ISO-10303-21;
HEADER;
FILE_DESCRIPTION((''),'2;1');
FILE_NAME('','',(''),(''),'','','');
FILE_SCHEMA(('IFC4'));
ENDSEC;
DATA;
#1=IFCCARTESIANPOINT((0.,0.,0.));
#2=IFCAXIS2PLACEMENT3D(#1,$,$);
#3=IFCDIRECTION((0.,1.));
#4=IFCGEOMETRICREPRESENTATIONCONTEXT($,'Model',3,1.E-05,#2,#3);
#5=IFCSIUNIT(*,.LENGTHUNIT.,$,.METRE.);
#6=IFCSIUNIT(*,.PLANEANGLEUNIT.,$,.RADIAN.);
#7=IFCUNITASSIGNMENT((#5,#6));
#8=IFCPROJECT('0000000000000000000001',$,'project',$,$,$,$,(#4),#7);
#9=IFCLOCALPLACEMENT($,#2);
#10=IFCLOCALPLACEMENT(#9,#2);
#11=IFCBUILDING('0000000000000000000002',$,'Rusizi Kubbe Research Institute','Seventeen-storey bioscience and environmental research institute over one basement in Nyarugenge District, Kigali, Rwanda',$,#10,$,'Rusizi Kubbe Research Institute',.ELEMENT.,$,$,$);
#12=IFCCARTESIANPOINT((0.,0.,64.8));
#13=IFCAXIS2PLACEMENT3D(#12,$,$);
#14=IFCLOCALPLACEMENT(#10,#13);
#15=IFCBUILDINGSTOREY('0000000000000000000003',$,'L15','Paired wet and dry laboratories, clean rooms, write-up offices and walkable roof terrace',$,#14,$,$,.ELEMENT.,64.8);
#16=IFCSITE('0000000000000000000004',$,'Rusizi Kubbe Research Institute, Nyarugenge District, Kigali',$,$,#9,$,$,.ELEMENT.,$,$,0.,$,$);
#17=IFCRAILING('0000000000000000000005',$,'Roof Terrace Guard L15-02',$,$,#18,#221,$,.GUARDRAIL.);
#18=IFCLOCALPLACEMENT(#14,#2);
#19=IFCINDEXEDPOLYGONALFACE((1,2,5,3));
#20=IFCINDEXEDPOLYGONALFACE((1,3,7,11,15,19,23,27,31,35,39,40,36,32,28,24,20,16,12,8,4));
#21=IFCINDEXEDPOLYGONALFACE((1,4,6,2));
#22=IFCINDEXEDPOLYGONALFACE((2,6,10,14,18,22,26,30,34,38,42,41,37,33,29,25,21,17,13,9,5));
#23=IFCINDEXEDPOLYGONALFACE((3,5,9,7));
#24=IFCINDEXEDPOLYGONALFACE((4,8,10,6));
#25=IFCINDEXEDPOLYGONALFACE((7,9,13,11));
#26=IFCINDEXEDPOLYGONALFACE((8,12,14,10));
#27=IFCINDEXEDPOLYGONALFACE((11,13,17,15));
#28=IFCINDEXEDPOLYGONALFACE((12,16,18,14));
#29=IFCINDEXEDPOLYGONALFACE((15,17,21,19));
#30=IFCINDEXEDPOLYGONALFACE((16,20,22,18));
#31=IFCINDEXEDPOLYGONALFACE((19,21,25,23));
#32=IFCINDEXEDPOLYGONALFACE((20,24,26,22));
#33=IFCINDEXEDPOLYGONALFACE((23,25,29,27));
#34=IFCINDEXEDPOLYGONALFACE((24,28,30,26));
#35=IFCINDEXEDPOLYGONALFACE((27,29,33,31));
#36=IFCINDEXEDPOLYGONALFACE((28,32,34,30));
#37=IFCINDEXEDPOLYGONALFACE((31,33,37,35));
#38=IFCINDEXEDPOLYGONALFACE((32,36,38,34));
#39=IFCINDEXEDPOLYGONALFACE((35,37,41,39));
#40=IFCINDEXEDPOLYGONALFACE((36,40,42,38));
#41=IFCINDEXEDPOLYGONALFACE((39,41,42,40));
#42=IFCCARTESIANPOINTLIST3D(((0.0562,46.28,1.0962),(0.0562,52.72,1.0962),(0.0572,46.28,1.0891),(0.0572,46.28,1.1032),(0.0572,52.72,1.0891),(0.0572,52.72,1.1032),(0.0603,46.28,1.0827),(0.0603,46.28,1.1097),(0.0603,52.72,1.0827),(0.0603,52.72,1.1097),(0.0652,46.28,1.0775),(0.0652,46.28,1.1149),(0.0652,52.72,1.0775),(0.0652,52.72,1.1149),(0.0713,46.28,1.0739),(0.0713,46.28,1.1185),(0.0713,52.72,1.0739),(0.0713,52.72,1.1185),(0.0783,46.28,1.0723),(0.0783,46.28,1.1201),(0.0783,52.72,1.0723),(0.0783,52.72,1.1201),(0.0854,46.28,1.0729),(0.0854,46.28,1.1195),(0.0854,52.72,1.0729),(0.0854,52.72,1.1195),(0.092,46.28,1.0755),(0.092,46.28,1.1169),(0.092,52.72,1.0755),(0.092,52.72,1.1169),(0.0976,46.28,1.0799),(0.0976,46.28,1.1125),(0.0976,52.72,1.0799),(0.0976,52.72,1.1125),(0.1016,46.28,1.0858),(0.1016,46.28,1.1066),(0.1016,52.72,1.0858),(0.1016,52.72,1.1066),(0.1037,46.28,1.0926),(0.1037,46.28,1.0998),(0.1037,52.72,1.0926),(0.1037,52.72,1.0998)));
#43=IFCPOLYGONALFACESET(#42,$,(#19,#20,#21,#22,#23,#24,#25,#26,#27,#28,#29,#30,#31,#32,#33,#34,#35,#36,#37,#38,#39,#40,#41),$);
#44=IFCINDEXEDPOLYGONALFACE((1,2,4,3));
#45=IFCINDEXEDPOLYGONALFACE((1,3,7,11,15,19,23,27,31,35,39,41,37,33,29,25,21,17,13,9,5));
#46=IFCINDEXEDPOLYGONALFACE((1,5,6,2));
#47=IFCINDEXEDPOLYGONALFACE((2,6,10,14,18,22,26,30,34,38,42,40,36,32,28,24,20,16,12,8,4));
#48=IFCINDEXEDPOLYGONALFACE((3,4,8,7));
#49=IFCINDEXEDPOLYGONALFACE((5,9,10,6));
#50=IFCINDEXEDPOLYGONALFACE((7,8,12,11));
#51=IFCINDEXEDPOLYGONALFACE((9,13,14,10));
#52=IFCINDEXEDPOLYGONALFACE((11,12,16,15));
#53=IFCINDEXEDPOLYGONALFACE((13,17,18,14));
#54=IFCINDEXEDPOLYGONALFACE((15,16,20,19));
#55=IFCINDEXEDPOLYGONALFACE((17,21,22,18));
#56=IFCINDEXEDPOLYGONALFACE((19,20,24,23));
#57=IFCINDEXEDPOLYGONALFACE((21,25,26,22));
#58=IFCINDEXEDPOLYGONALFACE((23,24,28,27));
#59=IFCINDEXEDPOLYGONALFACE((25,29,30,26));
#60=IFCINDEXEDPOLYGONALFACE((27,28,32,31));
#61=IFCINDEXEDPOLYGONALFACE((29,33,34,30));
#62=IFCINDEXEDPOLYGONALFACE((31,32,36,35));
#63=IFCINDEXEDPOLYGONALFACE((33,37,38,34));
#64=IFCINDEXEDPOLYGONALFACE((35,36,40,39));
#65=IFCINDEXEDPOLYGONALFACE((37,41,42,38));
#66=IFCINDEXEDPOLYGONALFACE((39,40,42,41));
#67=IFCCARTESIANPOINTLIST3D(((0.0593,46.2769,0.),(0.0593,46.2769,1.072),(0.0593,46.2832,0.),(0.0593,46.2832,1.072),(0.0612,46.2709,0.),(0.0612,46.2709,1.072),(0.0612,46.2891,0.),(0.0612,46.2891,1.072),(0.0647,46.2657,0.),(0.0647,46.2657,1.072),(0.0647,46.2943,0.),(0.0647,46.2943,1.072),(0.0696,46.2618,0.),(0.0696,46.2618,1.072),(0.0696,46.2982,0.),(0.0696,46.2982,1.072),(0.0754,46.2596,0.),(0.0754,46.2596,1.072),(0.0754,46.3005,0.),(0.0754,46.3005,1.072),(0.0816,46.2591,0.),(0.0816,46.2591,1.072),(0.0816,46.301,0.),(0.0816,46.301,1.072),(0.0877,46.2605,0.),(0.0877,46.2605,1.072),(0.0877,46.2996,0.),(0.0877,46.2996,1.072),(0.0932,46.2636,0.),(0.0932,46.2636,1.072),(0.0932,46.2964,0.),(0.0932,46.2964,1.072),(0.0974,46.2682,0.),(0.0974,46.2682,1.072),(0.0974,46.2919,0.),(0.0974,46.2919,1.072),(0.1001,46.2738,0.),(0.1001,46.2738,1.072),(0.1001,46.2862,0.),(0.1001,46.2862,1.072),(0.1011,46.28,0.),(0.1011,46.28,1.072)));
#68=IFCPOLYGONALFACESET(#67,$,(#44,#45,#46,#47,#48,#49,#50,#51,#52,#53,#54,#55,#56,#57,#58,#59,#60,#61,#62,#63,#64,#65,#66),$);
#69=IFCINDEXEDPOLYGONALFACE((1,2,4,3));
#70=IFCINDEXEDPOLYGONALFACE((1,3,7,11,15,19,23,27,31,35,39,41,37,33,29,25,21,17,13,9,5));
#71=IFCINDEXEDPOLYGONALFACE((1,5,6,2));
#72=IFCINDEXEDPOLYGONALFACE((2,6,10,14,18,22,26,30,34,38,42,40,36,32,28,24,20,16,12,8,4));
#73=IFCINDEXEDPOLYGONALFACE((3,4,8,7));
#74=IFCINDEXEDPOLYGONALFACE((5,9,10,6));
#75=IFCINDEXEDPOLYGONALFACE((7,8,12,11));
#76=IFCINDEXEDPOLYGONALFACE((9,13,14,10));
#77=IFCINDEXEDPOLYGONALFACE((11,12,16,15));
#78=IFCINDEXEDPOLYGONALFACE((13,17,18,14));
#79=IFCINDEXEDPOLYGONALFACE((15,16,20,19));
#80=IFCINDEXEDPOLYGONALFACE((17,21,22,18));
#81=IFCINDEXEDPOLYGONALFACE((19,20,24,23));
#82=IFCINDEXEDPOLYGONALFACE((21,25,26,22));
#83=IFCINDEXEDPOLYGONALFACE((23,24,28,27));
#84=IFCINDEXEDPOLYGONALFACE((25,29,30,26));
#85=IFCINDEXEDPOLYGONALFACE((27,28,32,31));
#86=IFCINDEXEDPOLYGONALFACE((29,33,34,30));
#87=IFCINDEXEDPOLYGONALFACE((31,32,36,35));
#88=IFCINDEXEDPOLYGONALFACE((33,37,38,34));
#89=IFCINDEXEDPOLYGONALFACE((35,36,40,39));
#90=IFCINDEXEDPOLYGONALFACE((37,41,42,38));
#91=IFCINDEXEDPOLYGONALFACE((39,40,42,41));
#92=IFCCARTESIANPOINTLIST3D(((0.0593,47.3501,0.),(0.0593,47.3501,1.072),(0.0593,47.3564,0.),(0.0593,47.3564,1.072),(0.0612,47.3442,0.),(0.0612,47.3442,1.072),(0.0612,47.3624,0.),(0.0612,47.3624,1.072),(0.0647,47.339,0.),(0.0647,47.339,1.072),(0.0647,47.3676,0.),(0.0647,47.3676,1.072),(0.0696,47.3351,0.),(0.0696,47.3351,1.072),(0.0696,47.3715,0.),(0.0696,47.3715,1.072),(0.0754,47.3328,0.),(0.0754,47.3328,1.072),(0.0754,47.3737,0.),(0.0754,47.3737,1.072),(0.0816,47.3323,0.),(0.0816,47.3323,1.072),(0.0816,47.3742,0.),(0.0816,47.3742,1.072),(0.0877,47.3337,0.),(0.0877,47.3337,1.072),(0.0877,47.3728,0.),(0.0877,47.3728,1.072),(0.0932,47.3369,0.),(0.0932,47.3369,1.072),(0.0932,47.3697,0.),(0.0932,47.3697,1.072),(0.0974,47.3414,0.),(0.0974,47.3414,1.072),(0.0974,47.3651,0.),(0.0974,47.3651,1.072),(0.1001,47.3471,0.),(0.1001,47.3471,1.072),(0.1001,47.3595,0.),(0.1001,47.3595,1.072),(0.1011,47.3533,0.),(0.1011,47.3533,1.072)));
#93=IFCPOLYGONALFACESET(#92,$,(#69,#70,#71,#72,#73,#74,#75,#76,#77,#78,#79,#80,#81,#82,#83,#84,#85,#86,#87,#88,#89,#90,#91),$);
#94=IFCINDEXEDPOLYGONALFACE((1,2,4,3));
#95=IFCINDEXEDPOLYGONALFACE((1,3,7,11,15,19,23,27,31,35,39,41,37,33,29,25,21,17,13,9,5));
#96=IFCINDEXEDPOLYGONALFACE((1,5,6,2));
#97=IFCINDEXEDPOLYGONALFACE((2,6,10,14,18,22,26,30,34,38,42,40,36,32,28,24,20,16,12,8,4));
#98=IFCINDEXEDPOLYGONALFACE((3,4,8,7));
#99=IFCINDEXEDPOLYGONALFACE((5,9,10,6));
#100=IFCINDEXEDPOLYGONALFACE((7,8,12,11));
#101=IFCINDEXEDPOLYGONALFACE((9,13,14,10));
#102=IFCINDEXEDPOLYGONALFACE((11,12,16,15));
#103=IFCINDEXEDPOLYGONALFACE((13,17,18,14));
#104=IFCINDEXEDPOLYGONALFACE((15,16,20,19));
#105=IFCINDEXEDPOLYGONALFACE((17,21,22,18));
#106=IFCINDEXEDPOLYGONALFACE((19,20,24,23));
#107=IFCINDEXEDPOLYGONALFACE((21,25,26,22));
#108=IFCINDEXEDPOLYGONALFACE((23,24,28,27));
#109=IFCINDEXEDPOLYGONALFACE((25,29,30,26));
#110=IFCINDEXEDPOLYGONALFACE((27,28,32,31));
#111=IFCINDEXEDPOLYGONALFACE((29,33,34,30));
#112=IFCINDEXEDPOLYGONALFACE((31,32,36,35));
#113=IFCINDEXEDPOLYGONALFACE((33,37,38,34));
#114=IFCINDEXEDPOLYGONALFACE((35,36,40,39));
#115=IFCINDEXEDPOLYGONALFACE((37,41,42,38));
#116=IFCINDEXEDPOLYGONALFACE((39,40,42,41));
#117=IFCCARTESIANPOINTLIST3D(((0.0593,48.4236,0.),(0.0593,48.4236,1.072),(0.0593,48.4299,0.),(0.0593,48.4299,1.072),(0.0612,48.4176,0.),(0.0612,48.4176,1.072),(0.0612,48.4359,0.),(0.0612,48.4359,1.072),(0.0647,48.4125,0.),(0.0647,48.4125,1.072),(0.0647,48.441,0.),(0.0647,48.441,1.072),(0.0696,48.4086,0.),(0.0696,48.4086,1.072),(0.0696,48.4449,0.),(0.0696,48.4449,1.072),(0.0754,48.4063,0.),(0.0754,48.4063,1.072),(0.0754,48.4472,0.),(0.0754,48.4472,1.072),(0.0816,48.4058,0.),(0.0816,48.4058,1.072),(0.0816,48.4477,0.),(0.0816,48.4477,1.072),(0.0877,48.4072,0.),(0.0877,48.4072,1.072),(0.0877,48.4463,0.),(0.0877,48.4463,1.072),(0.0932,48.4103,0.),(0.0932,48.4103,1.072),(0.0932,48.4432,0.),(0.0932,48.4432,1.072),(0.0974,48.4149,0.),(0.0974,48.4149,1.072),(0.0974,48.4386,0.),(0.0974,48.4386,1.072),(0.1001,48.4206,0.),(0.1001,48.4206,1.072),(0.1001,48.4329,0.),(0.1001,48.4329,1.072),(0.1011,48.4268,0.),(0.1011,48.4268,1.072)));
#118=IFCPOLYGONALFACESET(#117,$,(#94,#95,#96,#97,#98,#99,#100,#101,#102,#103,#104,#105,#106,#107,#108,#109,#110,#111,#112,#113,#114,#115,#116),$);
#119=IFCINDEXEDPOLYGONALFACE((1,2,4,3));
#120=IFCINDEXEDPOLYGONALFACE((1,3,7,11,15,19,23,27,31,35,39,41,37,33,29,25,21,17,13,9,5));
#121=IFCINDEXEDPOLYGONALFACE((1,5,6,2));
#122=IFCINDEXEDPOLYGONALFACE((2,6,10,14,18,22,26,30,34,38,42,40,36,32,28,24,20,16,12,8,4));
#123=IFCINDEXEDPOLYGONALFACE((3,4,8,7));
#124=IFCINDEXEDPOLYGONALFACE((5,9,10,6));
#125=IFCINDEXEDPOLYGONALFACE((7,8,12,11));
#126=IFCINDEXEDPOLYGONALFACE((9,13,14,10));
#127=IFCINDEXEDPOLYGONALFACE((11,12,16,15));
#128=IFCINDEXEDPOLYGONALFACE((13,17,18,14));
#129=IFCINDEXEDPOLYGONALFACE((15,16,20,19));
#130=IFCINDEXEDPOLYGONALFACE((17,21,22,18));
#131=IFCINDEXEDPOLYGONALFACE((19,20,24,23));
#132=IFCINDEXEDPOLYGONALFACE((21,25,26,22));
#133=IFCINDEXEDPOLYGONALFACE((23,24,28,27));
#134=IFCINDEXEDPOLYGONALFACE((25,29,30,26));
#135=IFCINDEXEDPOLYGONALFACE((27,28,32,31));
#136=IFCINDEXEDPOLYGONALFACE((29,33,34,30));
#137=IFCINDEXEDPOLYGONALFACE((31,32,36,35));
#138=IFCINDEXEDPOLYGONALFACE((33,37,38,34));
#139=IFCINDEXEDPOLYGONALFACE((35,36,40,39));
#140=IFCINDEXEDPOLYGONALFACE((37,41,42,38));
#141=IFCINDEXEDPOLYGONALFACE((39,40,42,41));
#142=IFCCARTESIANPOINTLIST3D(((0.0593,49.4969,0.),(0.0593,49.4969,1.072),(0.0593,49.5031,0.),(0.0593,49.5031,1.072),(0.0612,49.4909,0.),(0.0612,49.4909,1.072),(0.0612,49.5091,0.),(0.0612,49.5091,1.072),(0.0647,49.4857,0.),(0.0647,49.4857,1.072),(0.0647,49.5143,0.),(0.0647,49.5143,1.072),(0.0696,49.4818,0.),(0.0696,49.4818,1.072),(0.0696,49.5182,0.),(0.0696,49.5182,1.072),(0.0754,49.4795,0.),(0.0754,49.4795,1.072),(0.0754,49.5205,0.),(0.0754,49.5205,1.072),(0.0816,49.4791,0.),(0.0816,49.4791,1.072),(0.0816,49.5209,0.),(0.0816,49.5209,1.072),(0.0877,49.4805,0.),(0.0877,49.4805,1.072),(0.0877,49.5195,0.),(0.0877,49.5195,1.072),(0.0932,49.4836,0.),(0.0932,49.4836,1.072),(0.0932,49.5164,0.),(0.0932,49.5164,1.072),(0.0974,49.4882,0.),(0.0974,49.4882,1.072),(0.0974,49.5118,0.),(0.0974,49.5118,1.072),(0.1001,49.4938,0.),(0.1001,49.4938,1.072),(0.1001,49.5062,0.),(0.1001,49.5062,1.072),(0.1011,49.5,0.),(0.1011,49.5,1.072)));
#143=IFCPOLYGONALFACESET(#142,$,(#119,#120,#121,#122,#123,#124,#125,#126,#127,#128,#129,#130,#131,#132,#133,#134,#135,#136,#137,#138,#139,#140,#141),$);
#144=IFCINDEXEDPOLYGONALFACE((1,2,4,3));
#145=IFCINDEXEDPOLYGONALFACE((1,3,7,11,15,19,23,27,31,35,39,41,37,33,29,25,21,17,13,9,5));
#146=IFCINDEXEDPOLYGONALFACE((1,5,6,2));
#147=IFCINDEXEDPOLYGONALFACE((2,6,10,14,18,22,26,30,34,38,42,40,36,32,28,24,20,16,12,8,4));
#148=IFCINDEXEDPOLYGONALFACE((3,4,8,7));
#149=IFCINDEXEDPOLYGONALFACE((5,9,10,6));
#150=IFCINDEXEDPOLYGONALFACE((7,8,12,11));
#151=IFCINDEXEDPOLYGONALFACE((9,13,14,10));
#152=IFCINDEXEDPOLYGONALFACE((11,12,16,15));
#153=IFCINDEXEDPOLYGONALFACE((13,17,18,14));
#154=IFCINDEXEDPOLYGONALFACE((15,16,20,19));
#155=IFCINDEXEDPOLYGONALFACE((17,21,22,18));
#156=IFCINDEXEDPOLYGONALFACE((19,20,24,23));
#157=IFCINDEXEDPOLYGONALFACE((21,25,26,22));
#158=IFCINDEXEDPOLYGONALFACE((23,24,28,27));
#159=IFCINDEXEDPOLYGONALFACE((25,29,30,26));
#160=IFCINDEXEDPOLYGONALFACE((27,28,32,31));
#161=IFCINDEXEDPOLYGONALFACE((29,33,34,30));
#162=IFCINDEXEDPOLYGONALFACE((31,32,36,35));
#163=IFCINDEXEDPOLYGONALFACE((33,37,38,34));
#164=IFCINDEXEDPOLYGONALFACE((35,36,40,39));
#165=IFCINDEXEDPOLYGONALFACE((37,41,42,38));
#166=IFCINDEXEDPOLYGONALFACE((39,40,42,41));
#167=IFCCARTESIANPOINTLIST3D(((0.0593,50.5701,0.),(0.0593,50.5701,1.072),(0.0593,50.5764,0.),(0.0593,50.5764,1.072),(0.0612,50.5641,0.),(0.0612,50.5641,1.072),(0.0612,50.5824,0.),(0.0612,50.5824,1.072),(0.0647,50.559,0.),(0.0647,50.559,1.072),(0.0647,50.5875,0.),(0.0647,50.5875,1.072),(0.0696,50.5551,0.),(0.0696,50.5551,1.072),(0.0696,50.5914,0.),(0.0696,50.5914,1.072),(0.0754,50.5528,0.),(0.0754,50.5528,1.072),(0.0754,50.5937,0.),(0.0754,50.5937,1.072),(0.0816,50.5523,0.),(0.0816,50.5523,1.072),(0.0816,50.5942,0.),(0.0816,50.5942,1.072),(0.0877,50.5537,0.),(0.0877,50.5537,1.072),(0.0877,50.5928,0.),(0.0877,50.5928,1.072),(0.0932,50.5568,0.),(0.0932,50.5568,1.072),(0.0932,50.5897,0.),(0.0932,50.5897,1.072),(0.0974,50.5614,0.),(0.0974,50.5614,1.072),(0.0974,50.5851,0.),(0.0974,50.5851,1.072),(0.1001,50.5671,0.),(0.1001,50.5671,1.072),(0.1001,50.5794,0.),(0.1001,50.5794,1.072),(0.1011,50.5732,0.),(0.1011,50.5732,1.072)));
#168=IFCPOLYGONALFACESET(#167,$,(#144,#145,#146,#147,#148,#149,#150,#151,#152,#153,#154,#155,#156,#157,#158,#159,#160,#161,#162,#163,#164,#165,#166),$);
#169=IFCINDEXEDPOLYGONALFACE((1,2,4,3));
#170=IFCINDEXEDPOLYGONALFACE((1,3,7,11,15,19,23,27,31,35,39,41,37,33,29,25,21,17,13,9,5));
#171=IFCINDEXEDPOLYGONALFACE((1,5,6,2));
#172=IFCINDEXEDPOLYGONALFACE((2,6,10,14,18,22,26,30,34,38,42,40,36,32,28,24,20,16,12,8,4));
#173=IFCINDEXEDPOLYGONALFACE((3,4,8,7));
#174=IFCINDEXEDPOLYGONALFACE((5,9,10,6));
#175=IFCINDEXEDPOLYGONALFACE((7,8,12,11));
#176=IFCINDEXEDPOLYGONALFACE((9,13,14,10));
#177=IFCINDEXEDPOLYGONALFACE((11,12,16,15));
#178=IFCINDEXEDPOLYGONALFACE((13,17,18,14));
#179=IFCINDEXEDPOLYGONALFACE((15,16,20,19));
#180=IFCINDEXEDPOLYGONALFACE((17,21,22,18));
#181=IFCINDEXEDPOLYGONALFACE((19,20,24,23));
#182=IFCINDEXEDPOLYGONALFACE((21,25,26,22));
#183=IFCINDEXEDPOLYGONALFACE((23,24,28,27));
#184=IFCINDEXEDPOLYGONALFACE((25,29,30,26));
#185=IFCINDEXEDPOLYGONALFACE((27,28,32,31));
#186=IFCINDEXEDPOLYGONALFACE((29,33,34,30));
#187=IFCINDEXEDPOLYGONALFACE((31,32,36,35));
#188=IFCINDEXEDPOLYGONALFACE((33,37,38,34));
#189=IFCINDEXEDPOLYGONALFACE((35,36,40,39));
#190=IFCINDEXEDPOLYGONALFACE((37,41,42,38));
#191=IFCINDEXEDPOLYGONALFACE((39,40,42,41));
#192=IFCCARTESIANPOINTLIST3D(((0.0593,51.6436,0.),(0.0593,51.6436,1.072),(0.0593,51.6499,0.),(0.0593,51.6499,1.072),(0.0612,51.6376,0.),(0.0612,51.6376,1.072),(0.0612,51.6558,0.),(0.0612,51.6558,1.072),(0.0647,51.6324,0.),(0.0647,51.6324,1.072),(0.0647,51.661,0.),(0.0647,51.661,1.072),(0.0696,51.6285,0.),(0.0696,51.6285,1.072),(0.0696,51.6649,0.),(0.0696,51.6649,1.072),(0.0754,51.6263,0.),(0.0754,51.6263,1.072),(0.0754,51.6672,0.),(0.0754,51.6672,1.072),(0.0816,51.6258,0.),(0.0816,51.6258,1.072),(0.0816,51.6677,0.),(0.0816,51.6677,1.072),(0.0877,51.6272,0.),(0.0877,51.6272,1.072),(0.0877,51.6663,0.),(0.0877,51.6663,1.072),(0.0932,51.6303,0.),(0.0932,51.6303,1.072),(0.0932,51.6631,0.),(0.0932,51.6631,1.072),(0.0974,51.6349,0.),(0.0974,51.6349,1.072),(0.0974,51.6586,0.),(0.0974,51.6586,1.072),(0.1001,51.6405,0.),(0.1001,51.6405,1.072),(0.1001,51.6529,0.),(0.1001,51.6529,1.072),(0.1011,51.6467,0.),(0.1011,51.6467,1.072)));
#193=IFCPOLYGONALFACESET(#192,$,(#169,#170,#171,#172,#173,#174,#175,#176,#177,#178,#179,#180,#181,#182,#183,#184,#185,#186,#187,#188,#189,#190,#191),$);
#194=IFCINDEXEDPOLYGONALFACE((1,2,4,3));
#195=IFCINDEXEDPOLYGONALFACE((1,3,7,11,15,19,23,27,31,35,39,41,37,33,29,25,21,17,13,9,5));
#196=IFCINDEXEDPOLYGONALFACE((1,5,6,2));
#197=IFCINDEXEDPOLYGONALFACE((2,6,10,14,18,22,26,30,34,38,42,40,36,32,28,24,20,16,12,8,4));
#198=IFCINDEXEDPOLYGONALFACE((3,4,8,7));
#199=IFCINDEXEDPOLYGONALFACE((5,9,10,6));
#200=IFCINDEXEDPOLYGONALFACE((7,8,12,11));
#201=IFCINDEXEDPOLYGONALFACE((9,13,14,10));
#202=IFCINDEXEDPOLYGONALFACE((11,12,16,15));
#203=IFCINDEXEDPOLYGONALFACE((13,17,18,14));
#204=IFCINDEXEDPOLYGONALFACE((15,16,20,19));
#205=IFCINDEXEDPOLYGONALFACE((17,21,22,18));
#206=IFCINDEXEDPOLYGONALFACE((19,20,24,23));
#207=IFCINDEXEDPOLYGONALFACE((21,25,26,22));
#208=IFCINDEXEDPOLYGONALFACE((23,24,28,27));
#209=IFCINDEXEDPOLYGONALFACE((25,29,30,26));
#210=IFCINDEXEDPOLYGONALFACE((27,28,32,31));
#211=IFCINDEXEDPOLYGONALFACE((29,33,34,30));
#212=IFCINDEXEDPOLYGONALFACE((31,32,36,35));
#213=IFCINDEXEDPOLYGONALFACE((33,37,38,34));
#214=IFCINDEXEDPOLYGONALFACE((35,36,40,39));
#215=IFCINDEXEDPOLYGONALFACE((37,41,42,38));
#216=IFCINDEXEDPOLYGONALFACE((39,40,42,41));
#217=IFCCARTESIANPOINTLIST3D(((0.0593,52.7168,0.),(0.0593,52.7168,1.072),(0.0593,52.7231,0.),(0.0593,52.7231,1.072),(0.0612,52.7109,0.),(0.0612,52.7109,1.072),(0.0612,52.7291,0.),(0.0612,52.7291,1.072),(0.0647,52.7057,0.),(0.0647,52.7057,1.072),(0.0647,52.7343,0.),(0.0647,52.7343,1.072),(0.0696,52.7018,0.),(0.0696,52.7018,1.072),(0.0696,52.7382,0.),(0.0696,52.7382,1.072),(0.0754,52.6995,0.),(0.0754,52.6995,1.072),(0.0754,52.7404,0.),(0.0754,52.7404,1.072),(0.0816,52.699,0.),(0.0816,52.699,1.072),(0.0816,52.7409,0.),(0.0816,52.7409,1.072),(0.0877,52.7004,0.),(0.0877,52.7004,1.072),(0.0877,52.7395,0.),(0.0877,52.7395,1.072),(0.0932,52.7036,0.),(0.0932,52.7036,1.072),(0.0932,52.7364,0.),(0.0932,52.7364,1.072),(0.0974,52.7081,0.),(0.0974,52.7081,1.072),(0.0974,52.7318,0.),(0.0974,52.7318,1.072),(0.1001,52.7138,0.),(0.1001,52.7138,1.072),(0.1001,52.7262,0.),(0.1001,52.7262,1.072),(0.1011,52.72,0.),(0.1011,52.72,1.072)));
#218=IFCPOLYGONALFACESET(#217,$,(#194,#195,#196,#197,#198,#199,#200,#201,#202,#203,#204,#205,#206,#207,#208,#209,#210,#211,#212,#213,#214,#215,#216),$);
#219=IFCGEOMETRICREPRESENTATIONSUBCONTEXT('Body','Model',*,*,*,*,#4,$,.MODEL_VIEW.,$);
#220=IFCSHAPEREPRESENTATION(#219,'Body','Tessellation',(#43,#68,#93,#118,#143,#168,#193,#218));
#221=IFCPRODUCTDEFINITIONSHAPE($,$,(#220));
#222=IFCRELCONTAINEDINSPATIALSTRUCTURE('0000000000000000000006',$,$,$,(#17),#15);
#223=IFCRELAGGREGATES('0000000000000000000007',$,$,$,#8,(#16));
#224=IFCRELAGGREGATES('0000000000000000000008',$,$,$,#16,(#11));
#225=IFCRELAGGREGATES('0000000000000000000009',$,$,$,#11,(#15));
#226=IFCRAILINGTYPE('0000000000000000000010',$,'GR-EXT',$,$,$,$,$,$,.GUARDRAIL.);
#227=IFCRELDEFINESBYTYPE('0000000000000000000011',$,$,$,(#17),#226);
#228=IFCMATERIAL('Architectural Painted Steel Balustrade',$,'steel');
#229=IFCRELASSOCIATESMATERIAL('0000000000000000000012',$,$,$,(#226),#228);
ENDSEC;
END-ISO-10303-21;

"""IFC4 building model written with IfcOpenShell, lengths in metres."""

from ifc_helpers import new_model, si_unit, direction, frame, origin, origin_2d, place, context, subcontext, project, spatial, circle, extrude, material, type_object, element, save


model = new_model("IFC4")

# Units and contexts
model_context = context("Model", 3, precision=1e-05, world=origin(), true_north=direction((0.0, 1.0)))
body_context = subcontext(model_context, "Body", "Model", "MODEL_VIEW")
ifc_project = project(units=[si_unit("LENGTHUNIT", "METRE"), si_unit("PLANEANGLEUNIT", "RADIAN")], contexts=[model_context])

# Site, building, storey
site_placement = place(None, origin())
site = spatial("IfcSite", under=ifc_project, at=site_placement, Name="Rusizi Kubbe Research Institute, Nyarugenge District, Kigali", CompositionType="ELEMENT", RefElevation=0.0)
building_placement = place(site_placement, origin())
building = spatial("IfcBuilding", under=site, at=building_placement, Name="Rusizi Kubbe Research Institute", Description="Seventeen-storey bioscience and environmental research institute over one basement in Nyarugenge District, Kigali, Rwanda", LongName="Rusizi Kubbe Research Institute", CompositionType="ELEMENT")
storey_placement = place(building_placement, frame((0.0, 0.0, 64.8)))
storey = spatial("IfcBuildingStorey", under=building, at=storey_placement, Name="L15", Description="Paired wet and dry laboratories, clean rooms, write-up offices and walkable roof terrace", CompositionType="ELEMENT", Elevation=64.8)

# Railing
ifc_material_1 = material(Name="Architectural Painted Steel Balustrade", Category="steel")
railing_type = type_object("IfcRailingType", Name="GR-EXT", PredefinedType="GUARDRAIL", material=ifc_material_1)
railing_1_placement = place(storey_placement, frame((0.0801, 46.28, 0.0)))
element("IfcRailing", 1, at=railing_1_placement, inside=storey, type_object=railing_type, Name="Roof Terrace Guard L15-02", PredefinedType="GUARDRAIL", context=body_context, shape_type="SweptSolid", body=[
    extrude(circle(Radius=0.0239, at=origin_2d()), frame((0.0, 0.0, 1.0962), z_axis=(0.0, 1.0, 0.0), x_axis=(-1.0, 0.0, 0.0)), (0.0, 0.0, 1.0), 6.4399),
    extrude(circle(Radius=0.021, at=origin_2d()), origin(), (0.0, 0.0, 1.0), 1.072),
    extrude(circle(Radius=0.021, at=origin_2d()), frame((0.0, 1.0732, 0.0)), (0.0, 0.0, 1.0), 1.072),
    extrude(circle(Radius=0.021, at=origin_2d()), frame((0.0, 2.1467, 0.0)), (0.0, 0.0, 1.0), 1.072),
    extrude(circle(Radius=0.021, at=origin_2d()), frame((0.0, 3.22, 0.0)), (0.0, 0.0, 1.0), 1.072),
    extrude(circle(Radius=0.021, at=origin_2d()), frame((0.0, 4.2932, 0.0)), (0.0, 0.0, 1.0), 1.072),
    extrude(circle(Radius=0.021, at=origin_2d()), frame((0.0, 5.3667, 0.0)), (0.0, 0.0, 1.0), 1.072),
    extrude(circle(Radius=0.021, at=origin_2d()), frame((0.0, 6.4399, 0.0)), (0.0, 0.0, 1.0), 1.072),
])

save(model, "model.ifc")
